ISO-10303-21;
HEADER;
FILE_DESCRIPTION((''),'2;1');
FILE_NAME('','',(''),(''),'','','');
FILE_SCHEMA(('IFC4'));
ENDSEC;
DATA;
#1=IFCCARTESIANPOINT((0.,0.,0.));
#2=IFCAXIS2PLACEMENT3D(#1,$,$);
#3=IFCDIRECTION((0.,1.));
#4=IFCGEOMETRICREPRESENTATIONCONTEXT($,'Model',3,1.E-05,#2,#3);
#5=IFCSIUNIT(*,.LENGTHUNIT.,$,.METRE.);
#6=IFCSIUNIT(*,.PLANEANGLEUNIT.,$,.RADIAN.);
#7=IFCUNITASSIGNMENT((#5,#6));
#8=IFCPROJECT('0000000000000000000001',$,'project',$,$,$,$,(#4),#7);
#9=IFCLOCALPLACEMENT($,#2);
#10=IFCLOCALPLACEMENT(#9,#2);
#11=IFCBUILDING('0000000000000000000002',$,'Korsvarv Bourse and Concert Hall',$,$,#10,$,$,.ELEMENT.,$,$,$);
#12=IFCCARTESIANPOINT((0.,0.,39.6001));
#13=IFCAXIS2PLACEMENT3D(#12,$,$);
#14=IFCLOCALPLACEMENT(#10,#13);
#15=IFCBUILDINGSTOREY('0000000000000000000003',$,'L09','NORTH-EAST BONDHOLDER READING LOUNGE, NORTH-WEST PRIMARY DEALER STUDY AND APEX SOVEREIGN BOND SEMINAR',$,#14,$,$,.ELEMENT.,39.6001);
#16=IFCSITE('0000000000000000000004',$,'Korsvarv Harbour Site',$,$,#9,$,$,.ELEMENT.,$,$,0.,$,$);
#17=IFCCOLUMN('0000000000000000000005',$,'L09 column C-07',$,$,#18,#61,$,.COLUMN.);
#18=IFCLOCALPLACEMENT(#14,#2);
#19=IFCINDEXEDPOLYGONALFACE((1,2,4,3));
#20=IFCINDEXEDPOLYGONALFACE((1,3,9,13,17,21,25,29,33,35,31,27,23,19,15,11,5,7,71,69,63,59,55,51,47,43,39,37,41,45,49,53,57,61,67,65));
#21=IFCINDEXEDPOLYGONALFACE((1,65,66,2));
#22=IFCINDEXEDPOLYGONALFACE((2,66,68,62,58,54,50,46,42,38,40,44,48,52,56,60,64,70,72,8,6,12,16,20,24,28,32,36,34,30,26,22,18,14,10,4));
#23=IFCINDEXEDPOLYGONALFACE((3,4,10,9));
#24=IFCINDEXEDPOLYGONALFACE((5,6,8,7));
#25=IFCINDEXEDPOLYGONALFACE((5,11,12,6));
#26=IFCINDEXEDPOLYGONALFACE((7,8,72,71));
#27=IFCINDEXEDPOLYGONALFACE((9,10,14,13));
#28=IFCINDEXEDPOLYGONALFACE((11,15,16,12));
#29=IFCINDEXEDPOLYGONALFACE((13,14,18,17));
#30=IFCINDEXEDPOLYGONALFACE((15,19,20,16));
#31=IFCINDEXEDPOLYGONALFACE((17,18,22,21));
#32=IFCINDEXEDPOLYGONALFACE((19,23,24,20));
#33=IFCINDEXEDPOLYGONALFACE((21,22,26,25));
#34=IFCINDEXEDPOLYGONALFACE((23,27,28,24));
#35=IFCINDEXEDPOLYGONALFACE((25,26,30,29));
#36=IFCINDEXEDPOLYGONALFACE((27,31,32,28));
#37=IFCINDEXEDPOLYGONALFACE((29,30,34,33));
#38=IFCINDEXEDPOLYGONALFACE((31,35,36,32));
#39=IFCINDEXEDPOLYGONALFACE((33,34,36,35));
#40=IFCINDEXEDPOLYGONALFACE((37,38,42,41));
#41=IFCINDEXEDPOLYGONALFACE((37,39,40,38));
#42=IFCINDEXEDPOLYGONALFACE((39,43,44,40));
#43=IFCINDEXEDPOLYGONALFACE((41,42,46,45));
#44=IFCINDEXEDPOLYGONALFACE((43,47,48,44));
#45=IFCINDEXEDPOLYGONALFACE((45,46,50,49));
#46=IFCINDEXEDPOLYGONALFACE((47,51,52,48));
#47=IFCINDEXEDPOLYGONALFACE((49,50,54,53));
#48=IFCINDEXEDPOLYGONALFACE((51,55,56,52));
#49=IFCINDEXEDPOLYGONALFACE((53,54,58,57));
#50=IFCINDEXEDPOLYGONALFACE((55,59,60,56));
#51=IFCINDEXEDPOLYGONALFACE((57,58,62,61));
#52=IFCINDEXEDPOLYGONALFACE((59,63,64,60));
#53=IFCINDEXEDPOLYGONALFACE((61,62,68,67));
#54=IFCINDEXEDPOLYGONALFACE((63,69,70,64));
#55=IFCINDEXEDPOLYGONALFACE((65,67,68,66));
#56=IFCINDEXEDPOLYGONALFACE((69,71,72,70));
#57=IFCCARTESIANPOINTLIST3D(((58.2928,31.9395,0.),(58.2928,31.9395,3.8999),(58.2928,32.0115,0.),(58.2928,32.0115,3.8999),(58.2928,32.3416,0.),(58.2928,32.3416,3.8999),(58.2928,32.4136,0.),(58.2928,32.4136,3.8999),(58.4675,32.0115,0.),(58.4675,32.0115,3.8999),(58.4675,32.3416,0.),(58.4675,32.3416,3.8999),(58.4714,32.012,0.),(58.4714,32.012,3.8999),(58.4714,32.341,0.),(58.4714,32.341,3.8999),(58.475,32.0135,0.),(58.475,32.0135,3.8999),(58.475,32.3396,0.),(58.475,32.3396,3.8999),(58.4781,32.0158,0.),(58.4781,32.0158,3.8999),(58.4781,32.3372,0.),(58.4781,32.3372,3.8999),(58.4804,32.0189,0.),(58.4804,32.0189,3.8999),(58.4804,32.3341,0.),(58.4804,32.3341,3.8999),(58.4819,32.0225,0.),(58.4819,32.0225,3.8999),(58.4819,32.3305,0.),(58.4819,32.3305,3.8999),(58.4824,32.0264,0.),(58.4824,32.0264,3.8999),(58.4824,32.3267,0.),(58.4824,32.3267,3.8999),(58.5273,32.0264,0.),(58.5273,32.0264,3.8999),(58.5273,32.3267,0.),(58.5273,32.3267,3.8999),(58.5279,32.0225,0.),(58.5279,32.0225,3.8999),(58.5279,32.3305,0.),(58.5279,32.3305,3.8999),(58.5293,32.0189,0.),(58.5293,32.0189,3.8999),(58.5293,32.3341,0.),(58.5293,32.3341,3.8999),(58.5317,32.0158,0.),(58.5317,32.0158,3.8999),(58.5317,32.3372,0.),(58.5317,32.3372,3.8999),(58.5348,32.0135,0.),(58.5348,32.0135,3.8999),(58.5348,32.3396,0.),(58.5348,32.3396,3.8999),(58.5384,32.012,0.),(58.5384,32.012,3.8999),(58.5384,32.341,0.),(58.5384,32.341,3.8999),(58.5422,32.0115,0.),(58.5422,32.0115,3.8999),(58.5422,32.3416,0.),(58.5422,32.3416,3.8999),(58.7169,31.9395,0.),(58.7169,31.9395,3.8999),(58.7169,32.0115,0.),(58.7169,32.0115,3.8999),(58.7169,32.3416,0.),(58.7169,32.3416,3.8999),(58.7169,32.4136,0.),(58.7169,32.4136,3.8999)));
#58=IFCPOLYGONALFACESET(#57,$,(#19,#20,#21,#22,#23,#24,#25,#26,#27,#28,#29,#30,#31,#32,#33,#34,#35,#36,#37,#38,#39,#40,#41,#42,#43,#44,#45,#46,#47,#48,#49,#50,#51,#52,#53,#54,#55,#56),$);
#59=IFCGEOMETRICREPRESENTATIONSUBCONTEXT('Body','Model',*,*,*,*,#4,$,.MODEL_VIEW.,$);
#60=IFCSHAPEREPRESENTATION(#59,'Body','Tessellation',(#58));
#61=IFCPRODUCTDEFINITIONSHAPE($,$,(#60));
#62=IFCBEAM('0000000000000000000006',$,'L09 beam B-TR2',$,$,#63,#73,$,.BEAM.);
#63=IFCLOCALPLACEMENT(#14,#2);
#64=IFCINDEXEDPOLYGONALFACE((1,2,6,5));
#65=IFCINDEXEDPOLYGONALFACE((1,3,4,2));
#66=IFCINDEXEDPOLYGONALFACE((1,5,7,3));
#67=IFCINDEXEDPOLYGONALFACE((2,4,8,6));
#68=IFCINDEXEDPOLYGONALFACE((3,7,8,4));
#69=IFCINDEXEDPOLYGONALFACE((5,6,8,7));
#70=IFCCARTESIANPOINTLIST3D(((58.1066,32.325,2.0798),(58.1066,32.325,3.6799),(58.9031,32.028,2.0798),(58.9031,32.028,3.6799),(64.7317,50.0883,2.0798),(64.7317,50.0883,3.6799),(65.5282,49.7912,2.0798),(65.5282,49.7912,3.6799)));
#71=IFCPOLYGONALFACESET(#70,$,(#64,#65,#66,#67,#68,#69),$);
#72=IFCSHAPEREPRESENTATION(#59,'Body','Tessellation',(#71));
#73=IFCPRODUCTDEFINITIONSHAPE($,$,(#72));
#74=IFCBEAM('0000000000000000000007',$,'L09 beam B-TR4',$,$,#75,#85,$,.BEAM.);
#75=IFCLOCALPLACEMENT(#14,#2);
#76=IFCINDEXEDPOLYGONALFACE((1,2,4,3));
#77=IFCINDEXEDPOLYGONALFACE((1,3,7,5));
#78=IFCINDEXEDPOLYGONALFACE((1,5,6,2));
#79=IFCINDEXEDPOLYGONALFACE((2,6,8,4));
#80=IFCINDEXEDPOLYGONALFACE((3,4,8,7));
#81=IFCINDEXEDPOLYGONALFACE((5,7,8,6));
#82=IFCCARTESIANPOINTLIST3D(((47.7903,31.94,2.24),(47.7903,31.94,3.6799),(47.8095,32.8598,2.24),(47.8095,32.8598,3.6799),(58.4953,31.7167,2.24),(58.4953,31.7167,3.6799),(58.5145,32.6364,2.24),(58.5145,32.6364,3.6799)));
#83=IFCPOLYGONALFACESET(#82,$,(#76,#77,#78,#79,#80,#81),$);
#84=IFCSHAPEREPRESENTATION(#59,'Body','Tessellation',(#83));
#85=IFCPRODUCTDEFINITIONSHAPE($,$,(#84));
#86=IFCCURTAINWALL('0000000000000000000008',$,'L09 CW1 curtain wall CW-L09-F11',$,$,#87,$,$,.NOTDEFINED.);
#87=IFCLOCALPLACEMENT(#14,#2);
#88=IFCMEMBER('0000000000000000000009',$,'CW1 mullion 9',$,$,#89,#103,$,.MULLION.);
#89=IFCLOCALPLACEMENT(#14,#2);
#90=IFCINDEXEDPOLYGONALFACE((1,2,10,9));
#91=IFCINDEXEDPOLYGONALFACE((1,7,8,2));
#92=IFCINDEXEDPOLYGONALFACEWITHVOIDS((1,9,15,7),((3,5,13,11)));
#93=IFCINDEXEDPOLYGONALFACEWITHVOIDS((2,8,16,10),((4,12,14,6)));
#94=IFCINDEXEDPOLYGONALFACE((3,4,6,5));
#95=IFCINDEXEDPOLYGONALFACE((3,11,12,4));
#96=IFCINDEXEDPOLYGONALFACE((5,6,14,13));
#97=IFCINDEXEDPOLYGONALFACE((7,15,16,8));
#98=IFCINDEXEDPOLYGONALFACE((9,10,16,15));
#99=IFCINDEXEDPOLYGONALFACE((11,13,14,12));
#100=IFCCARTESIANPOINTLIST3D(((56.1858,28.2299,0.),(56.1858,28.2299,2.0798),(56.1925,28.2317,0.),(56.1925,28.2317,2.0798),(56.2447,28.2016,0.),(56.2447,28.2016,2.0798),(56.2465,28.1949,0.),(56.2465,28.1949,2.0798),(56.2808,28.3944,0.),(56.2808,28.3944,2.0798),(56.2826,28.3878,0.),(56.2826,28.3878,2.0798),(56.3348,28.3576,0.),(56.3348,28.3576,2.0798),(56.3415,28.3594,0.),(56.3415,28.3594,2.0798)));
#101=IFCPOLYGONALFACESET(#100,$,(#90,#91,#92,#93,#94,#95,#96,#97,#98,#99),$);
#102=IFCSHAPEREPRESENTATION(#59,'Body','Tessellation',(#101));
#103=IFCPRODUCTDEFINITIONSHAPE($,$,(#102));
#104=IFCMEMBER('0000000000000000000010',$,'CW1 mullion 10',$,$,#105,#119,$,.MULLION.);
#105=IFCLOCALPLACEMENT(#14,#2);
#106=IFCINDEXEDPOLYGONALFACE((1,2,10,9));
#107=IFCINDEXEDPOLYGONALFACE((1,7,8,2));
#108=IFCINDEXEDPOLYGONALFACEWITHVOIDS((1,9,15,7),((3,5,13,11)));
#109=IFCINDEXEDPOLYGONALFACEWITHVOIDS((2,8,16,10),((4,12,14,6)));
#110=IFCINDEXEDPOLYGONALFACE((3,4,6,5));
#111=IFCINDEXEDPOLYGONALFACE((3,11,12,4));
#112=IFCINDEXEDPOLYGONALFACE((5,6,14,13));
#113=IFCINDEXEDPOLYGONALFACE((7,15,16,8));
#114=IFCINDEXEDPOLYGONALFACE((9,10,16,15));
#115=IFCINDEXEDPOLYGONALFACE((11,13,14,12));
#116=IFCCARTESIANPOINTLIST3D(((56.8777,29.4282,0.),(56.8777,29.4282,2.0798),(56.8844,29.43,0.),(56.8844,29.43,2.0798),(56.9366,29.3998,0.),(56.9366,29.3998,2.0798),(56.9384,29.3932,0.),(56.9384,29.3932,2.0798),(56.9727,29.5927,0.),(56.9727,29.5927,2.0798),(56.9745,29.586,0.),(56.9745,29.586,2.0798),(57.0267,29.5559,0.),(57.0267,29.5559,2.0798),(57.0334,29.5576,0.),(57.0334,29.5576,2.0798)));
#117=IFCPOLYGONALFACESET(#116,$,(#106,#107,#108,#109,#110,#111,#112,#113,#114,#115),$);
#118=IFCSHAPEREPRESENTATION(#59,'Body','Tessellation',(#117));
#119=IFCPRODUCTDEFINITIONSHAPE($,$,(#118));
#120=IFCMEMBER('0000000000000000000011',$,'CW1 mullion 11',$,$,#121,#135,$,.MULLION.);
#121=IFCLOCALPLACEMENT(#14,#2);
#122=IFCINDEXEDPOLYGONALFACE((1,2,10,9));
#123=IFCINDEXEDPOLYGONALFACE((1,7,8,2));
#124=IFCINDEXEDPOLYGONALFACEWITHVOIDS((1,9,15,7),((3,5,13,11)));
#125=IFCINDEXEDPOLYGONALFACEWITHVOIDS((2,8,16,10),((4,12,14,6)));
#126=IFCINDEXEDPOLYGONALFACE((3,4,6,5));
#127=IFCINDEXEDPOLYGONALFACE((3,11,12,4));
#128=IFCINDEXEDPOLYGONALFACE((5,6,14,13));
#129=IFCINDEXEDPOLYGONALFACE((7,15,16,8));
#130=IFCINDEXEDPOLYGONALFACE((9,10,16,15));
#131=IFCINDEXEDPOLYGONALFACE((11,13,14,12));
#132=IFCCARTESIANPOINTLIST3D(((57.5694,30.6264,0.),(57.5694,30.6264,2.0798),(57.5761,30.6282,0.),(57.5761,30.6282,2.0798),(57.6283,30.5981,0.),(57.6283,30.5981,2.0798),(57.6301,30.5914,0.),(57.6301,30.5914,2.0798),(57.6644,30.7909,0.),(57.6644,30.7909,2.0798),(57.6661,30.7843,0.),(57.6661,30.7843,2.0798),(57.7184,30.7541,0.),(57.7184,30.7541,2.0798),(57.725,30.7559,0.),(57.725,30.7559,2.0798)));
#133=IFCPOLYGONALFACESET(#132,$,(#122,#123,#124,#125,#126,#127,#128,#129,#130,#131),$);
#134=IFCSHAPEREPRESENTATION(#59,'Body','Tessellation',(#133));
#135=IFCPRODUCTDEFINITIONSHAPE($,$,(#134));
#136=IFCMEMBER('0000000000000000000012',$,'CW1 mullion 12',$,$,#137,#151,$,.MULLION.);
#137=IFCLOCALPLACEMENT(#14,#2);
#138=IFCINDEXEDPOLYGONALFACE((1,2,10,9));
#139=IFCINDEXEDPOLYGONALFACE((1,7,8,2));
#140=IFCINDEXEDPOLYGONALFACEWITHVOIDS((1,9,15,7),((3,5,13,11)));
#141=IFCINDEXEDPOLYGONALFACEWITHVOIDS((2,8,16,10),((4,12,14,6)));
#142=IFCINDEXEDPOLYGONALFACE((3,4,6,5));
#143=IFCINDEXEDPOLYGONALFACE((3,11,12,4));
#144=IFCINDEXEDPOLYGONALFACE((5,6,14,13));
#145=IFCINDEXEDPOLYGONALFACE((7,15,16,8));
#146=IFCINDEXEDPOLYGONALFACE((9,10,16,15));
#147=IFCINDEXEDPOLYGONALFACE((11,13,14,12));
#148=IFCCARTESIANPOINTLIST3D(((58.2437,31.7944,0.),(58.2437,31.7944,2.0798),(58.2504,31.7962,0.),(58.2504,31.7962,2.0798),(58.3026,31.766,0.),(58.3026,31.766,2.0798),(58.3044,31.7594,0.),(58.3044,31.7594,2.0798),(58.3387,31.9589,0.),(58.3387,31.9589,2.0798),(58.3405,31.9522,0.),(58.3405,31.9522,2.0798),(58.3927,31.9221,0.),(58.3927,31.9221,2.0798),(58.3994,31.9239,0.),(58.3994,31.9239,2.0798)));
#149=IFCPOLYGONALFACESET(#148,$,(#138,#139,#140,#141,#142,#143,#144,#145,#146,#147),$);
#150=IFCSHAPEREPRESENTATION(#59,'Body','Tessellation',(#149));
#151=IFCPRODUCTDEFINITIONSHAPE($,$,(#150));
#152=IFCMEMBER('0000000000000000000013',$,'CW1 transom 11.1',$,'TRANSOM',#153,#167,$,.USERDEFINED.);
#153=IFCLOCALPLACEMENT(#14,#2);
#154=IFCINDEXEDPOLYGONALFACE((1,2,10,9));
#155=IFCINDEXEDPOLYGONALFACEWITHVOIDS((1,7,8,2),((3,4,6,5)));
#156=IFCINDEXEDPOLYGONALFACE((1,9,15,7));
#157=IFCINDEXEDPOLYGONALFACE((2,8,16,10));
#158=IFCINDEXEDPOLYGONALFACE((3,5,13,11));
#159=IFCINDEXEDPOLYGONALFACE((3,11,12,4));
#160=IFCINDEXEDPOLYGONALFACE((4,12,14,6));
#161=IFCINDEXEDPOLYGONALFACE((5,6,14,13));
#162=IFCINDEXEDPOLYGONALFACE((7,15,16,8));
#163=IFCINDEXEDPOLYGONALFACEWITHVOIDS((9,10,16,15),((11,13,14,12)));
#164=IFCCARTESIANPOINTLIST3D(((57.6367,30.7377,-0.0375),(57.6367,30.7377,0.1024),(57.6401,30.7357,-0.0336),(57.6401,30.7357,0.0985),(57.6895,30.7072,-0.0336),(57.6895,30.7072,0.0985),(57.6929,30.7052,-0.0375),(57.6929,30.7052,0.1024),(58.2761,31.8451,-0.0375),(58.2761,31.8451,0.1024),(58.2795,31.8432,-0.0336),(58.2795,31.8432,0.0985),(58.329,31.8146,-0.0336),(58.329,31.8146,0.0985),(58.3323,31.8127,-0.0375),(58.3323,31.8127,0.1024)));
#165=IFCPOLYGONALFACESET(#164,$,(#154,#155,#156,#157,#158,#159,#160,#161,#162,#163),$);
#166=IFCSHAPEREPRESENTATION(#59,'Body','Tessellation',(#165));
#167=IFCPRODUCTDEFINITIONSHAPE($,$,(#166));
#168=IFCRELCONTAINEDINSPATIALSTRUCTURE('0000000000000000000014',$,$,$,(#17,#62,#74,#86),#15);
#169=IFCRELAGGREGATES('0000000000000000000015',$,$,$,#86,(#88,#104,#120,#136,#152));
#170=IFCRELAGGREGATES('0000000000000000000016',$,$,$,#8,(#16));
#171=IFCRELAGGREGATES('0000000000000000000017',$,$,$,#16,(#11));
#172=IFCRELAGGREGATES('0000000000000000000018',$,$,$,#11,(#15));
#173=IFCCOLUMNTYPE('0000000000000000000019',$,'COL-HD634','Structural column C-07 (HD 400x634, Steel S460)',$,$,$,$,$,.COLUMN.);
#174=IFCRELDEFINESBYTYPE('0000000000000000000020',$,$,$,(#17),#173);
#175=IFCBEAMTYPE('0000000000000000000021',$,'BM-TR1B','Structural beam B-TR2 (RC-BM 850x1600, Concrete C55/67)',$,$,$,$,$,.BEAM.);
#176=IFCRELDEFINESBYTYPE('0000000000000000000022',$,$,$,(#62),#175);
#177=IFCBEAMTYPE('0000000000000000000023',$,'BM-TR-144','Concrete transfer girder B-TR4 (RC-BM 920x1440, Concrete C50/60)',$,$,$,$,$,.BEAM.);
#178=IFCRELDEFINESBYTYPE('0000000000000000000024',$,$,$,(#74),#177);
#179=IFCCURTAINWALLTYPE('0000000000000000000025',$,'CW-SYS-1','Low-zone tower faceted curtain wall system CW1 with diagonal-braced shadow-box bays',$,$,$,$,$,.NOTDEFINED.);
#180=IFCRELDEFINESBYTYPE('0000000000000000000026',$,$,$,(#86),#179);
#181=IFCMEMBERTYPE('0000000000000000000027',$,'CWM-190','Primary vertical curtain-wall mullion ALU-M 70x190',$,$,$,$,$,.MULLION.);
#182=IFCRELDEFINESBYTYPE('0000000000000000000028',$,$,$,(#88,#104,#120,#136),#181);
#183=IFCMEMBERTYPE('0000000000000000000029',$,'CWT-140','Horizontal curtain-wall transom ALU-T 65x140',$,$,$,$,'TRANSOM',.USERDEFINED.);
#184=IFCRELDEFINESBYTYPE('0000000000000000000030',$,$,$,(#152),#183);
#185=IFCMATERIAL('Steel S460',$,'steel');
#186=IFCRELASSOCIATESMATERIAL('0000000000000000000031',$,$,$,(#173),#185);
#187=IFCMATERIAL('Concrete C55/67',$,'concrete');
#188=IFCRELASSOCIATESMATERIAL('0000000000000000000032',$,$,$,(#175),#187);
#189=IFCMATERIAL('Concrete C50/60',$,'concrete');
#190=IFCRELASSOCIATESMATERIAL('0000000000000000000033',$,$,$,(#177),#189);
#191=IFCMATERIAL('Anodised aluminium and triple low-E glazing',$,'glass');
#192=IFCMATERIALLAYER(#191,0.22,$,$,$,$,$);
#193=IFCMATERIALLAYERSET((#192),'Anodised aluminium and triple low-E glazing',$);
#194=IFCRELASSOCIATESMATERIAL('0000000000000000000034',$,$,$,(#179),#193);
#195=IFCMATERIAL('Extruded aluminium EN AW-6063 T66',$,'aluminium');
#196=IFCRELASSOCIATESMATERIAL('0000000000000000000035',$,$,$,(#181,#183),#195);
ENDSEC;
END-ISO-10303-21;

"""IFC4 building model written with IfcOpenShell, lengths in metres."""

from ifc_helpers import new_model, si_unit, direction, frame, origin, origin_2d, place, context, subcontext, project, spatial, rectangle, hollow_rectangle, i_section, extrude, source, transform, mapped, material, layer, layer_set, material_profile, profile_set, type_object, element, aggregate, save


model = new_model("IFC4")

# Units and contexts
model_context = context("Model", 3, precision=1e-05, world=origin(), true_north=direction((0.0, 1.0)))
body_context = subcontext(model_context, "Body", "Model", "MODEL_VIEW")
ifc_project = project(units=[si_unit("LENGTHUNIT", "METRE"), si_unit("PLANEANGLEUNIT", "RADIAN")], contexts=[model_context])

# Site, building, storey
site_placement = place(None, origin())
site = spatial("IfcSite", under=ifc_project, at=site_placement, Name="Korsvarv Harbour Site", CompositionType="ELEMENT", RefElevation=0.0)
building_placement = place(site_placement, origin())
building = spatial("IfcBuilding", under=site, at=building_placement, Name="Korsvarv Bourse and Concert Hall", CompositionType="ELEMENT")
storey_placement = place(building_placement, frame((0.0, 0.0, 39.6001)))
storey = spatial("IfcBuildingStorey", under=building, at=storey_placement, Name="L09", Description="NORTH-EAST BONDHOLDER READING LOUNGE, NORTH-WEST PRIMARY DEALER STUDY AND APEX SOVEREIGN BOND SEMINAR", CompositionType="ELEMENT", Elevation=39.6001)

# Column
ifc_material_1 = material(Name="Steel S460", Category="steel")
ifc_material_profile_1 = material_profile(ifc_material_1, i_section(OverallWidth=0.4241, OverallDepth=0.4741, WebThickness=0.0449, FlangeThickness=0.072, FilletRadius=0.0149, at=origin_2d()), Name="HD 400x634")
ifc_profile_set_1 = profile_set([ifc_material_profile_1], Name="Steel S460")
column_type = type_object("IfcColumnType", Name="COL-HD634", Description="Structural column C-07 (HD 400x634, Steel S460)", PredefinedType="COLUMN", material=ifc_profile_set_1)
shared_shape_1 = source(origin(), body_context, "Body", "SweptSolid", [
    extrude(i_section(OverallWidth=0.4241, OverallDepth=0.4741, WebThickness=0.0449, FlangeThickness=0.072, FilletRadius=0.0149, at=origin_2d()), origin(), (0.0, 0.0, 1.0), 3.8999),
])
column_placement = place(storey_placement, frame((58.5049, 32.1765, 0.0), z_axis=(0.0, 0.0, 1.0), x_axis=(1.0, 0.0, 0.0)))
element("IfcColumn", 1, at=column_placement, inside=storey, type_object=column_type, Name="L09 column C-07", PredefinedType="COLUMN", context=body_context, shape_type="MappedRepresentation", body=[
    mapped(shared_shape_1, transform((0.0, 0.0, 0.0), scale=1.0)),
])

# Beams
ifc_material_2 = material(Name="Concrete C55/67", Category="concrete")
ifc_material_profile_2 = material_profile(ifc_material_2, rectangle(XDim=0.8501, YDim=1.6001, at=origin_2d()), Name="RC-BM 850x1600")
ifc_profile_set_2 = profile_set([ifc_material_profile_2], Name="Concrete C55/67")
beam_type_1 = type_object("IfcBeamType", Name="BM-TR1B", Description="Structural beam B-TR2 (RC-BM 850x1600, Concrete C55/67)", PredefinedType="BEAM", material=ifc_profile_set_2)
shared_shape_2 = source(origin(), body_context, "Body", "SweptSolid", [
    extrude(rectangle(XDim=0.8501, YDim=1.6001, at=origin_2d()), origin(), (0.0, 0.0, 1.0), 18.9585),
])
beam_1_placement = place(storey_placement, frame((58.5049, 32.1765, 2.8799), z_axis=(0.349449, 0.936955, 0.0), x_axis=(-0.936955, 0.349449, 0.0)))
element("IfcBeam", 2, at=beam_1_placement, inside=storey, type_object=beam_type_1, Name="L09 beam B-TR2", PredefinedType="BEAM", context=body_context, shape_type="MappedRepresentation", body=[
    mapped(shared_shape_2, transform((0.0, 0.0, 0.0), scale=1.0)),
])
ifc_material_3 = material(Name="Concrete C50/60", Category="concrete")
ifc_material_profile_3 = material_profile(ifc_material_3, rectangle(XDim=0.9199, YDim=1.4399, at=origin_2d()), Name="RC-BM 920x1440")
ifc_profile_set_3 = profile_set([ifc_material_profile_3], Name="Concrete C50/60")
beam_type_2 = type_object("IfcBeamType", Name="BM-TR-144", Description="Concrete transfer girder B-TR4 (RC-BM 920x1440, Concrete C50/60)", PredefinedType="BEAM", material=ifc_profile_set_3)
shared_shape_3 = source(origin(), body_context, "Body", "SweptSolid", [
    extrude(rectangle(XDim=0.9199, YDim=1.4399, at=origin_2d()), origin(), (0.0, 0.0, 1.0), 10.7073),
])
beam_2_placement = place(storey_placement, frame((58.5049, 32.1765, 2.96), z_axis=(-0.999782, 0.020863, 0.0), x_axis=(-0.020863, -0.999782, 0.0)))
element("IfcBeam", 3, at=beam_2_placement, inside=storey, type_object=beam_type_2, Name="L09 beam B-TR4", PredefinedType="BEAM", context=body_context, shape_type="MappedRepresentation", body=[
    mapped(shared_shape_3, transform((0.0, 0.0, 0.0), scale=1.0)),
])

# Curtain wall, members
ifc_material_4 = material(Name="Anodised aluminium and triple low-E glazing", Category="glass")
ifc_layer_1 = layer(ifc_material_4, 0.22)
ifc_layer_set_1 = layer_set([ifc_layer_1], Name="Anodised aluminium and triple low-E glazing")
curtain_wall_type = type_object("IfcCurtainWallType", Name="CW-SYS-1", Description="Low-zone tower faceted curtain wall system CW1 with diagonal-braced shadow-box bays", PredefinedType="NOTDEFINED", material=ifc_layer_set_1)
curtain_wall_placement = place(storey_placement, origin())
curtain_wall = element("IfcCurtainWall", 4, at=curtain_wall_placement, inside=storey, type_object=curtain_wall_type, Name="L09 CW1 curtain wall CW-L09-F11", PredefinedType="NOTDEFINED")
ifc_material_5 = material(Name="Extruded aluminium EN AW-6063 T66", Category="aluminium")
ifc_material_profile_4 = material_profile(ifc_material_5, hollow_rectangle(XDim=0.0701, YDim=0.1899, WallThickness=0.0049, at=origin_2d()), Name="ALU-M 70x190")
ifc_profile_set_4 = profile_set([ifc_material_profile_4], Name="Extruded aluminium EN AW-6063 T66")
member_type_1 = type_object("IfcMemberType", Name="CWM-190", Description="Primary vertical curtain-wall mullion ALU-M 70x190", PredefinedType="MULLION", material=ifc_profile_set_4)
shared_shape_4 = source(origin(), body_context, "Body", "SweptSolid", [
    extrude(hollow_rectangle(XDim=0.0701, YDim=0.1899, WallThickness=0.0049, at=origin_2d()), origin(), (0.0, 0.0, 1.0), 2.0798),
])
member_1_placement = place(storey_placement, frame((56.2637, 28.2947, 0.0), z_axis=(0.0, 0.0, 1.0), x_axis=(-0.866026, 0.5, 0.0)))
member_1 = element("IfcMember", 5, at=member_1_placement, type_object=member_type_1, Name="CW1 mullion 9", PredefinedType="MULLION", context=body_context, shape_type="MappedRepresentation", body=[
    mapped(shared_shape_4, transform((0.0, 0.0, 0.0), scale=1.0)),
])
member_2_placement = place(storey_placement, frame((56.9556, 29.4929, 0.0), z_axis=(0.0, 0.0, 1.0), x_axis=(-0.866026, 0.5, 0.0)))
member_2 = element("IfcMember", 6, at=member_2_placement, type_object=member_type_1, Name="CW1 mullion 10", PredefinedType="MULLION", context=body_context, shape_type="MappedRepresentation", body=[
    mapped(shared_shape_4, transform((0.0, 0.0, 0.0), scale=1.0)),
])
member_3_placement = place(storey_placement, frame((57.6472, 30.6912, 0.0), z_axis=(0.0, 0.0, 1.0), x_axis=(-0.866026, 0.5, 0.0)))
member_3 = element("IfcMember", 7, at=member_3_placement, type_object=member_type_1, Name="CW1 mullion 11", PredefinedType="MULLION", context=body_context, shape_type="MappedRepresentation", body=[
    mapped(shared_shape_4, transform((0.0, 0.0, 0.0), scale=1.0)),
])
member_4_placement = place(storey_placement, frame((58.3215, 31.8591, 0.0), z_axis=(0.0, 0.0, 1.0), x_axis=(-0.866026, 0.5, 0.0)))
member_4 = element("IfcMember", 8, at=member_4_placement, type_object=member_type_1, Name="CW1 mullion 12", PredefinedType="MULLION", context=body_context, shape_type="MappedRepresentation", body=[
    mapped(shared_shape_4, transform((0.0, 0.0, 0.0), scale=1.0)),
])
ifc_material_profile_5 = material_profile(ifc_material_5, hollow_rectangle(XDim=0.0649, YDim=0.1399, WallThickness=0.0039, at=origin_2d()), Name="ALU-T 65x140")
ifc_profile_set_5 = profile_set([ifc_material_profile_5], Name="Extruded aluminium EN AW-6063 T66")
member_type_2 = type_object("IfcMemberType", Name="CWT-140", Description="Horizontal curtain-wall transom ALU-T 65x140", ElementType="TRANSOM", PredefinedType="USERDEFINED", material=ifc_profile_set_5)
shared_shape_5 = source(origin(), body_context, "Body", "SweptSolid", [
    extrude(hollow_rectangle(XDim=0.0649, YDim=0.1399, WallThickness=0.0039, at=origin_2d()), origin(), (0.0, 0.0, 1.0), 1.2788),
])
member_5_placement = place(storey_placement, frame((57.6648, 30.7214, 0.0325), z_axis=(0.50002, 0.866014, 0.0), x_axis=(-0.866014, 0.50002, 0.0)))
member_5 = element("IfcMember", 9, at=member_5_placement, type_object=member_type_2, Name="CW1 transom 11.1", ObjectType="TRANSOM", PredefinedType="USERDEFINED", context=body_context, shape_type="MappedRepresentation", body=[
    mapped(shared_shape_5, transform((0.0, 0.0, 0.0), scale=1.0)),
])
aggregate(curtain_wall, [member_1, member_2, member_3, member_4, member_5])

save(model, "model.ifc")
